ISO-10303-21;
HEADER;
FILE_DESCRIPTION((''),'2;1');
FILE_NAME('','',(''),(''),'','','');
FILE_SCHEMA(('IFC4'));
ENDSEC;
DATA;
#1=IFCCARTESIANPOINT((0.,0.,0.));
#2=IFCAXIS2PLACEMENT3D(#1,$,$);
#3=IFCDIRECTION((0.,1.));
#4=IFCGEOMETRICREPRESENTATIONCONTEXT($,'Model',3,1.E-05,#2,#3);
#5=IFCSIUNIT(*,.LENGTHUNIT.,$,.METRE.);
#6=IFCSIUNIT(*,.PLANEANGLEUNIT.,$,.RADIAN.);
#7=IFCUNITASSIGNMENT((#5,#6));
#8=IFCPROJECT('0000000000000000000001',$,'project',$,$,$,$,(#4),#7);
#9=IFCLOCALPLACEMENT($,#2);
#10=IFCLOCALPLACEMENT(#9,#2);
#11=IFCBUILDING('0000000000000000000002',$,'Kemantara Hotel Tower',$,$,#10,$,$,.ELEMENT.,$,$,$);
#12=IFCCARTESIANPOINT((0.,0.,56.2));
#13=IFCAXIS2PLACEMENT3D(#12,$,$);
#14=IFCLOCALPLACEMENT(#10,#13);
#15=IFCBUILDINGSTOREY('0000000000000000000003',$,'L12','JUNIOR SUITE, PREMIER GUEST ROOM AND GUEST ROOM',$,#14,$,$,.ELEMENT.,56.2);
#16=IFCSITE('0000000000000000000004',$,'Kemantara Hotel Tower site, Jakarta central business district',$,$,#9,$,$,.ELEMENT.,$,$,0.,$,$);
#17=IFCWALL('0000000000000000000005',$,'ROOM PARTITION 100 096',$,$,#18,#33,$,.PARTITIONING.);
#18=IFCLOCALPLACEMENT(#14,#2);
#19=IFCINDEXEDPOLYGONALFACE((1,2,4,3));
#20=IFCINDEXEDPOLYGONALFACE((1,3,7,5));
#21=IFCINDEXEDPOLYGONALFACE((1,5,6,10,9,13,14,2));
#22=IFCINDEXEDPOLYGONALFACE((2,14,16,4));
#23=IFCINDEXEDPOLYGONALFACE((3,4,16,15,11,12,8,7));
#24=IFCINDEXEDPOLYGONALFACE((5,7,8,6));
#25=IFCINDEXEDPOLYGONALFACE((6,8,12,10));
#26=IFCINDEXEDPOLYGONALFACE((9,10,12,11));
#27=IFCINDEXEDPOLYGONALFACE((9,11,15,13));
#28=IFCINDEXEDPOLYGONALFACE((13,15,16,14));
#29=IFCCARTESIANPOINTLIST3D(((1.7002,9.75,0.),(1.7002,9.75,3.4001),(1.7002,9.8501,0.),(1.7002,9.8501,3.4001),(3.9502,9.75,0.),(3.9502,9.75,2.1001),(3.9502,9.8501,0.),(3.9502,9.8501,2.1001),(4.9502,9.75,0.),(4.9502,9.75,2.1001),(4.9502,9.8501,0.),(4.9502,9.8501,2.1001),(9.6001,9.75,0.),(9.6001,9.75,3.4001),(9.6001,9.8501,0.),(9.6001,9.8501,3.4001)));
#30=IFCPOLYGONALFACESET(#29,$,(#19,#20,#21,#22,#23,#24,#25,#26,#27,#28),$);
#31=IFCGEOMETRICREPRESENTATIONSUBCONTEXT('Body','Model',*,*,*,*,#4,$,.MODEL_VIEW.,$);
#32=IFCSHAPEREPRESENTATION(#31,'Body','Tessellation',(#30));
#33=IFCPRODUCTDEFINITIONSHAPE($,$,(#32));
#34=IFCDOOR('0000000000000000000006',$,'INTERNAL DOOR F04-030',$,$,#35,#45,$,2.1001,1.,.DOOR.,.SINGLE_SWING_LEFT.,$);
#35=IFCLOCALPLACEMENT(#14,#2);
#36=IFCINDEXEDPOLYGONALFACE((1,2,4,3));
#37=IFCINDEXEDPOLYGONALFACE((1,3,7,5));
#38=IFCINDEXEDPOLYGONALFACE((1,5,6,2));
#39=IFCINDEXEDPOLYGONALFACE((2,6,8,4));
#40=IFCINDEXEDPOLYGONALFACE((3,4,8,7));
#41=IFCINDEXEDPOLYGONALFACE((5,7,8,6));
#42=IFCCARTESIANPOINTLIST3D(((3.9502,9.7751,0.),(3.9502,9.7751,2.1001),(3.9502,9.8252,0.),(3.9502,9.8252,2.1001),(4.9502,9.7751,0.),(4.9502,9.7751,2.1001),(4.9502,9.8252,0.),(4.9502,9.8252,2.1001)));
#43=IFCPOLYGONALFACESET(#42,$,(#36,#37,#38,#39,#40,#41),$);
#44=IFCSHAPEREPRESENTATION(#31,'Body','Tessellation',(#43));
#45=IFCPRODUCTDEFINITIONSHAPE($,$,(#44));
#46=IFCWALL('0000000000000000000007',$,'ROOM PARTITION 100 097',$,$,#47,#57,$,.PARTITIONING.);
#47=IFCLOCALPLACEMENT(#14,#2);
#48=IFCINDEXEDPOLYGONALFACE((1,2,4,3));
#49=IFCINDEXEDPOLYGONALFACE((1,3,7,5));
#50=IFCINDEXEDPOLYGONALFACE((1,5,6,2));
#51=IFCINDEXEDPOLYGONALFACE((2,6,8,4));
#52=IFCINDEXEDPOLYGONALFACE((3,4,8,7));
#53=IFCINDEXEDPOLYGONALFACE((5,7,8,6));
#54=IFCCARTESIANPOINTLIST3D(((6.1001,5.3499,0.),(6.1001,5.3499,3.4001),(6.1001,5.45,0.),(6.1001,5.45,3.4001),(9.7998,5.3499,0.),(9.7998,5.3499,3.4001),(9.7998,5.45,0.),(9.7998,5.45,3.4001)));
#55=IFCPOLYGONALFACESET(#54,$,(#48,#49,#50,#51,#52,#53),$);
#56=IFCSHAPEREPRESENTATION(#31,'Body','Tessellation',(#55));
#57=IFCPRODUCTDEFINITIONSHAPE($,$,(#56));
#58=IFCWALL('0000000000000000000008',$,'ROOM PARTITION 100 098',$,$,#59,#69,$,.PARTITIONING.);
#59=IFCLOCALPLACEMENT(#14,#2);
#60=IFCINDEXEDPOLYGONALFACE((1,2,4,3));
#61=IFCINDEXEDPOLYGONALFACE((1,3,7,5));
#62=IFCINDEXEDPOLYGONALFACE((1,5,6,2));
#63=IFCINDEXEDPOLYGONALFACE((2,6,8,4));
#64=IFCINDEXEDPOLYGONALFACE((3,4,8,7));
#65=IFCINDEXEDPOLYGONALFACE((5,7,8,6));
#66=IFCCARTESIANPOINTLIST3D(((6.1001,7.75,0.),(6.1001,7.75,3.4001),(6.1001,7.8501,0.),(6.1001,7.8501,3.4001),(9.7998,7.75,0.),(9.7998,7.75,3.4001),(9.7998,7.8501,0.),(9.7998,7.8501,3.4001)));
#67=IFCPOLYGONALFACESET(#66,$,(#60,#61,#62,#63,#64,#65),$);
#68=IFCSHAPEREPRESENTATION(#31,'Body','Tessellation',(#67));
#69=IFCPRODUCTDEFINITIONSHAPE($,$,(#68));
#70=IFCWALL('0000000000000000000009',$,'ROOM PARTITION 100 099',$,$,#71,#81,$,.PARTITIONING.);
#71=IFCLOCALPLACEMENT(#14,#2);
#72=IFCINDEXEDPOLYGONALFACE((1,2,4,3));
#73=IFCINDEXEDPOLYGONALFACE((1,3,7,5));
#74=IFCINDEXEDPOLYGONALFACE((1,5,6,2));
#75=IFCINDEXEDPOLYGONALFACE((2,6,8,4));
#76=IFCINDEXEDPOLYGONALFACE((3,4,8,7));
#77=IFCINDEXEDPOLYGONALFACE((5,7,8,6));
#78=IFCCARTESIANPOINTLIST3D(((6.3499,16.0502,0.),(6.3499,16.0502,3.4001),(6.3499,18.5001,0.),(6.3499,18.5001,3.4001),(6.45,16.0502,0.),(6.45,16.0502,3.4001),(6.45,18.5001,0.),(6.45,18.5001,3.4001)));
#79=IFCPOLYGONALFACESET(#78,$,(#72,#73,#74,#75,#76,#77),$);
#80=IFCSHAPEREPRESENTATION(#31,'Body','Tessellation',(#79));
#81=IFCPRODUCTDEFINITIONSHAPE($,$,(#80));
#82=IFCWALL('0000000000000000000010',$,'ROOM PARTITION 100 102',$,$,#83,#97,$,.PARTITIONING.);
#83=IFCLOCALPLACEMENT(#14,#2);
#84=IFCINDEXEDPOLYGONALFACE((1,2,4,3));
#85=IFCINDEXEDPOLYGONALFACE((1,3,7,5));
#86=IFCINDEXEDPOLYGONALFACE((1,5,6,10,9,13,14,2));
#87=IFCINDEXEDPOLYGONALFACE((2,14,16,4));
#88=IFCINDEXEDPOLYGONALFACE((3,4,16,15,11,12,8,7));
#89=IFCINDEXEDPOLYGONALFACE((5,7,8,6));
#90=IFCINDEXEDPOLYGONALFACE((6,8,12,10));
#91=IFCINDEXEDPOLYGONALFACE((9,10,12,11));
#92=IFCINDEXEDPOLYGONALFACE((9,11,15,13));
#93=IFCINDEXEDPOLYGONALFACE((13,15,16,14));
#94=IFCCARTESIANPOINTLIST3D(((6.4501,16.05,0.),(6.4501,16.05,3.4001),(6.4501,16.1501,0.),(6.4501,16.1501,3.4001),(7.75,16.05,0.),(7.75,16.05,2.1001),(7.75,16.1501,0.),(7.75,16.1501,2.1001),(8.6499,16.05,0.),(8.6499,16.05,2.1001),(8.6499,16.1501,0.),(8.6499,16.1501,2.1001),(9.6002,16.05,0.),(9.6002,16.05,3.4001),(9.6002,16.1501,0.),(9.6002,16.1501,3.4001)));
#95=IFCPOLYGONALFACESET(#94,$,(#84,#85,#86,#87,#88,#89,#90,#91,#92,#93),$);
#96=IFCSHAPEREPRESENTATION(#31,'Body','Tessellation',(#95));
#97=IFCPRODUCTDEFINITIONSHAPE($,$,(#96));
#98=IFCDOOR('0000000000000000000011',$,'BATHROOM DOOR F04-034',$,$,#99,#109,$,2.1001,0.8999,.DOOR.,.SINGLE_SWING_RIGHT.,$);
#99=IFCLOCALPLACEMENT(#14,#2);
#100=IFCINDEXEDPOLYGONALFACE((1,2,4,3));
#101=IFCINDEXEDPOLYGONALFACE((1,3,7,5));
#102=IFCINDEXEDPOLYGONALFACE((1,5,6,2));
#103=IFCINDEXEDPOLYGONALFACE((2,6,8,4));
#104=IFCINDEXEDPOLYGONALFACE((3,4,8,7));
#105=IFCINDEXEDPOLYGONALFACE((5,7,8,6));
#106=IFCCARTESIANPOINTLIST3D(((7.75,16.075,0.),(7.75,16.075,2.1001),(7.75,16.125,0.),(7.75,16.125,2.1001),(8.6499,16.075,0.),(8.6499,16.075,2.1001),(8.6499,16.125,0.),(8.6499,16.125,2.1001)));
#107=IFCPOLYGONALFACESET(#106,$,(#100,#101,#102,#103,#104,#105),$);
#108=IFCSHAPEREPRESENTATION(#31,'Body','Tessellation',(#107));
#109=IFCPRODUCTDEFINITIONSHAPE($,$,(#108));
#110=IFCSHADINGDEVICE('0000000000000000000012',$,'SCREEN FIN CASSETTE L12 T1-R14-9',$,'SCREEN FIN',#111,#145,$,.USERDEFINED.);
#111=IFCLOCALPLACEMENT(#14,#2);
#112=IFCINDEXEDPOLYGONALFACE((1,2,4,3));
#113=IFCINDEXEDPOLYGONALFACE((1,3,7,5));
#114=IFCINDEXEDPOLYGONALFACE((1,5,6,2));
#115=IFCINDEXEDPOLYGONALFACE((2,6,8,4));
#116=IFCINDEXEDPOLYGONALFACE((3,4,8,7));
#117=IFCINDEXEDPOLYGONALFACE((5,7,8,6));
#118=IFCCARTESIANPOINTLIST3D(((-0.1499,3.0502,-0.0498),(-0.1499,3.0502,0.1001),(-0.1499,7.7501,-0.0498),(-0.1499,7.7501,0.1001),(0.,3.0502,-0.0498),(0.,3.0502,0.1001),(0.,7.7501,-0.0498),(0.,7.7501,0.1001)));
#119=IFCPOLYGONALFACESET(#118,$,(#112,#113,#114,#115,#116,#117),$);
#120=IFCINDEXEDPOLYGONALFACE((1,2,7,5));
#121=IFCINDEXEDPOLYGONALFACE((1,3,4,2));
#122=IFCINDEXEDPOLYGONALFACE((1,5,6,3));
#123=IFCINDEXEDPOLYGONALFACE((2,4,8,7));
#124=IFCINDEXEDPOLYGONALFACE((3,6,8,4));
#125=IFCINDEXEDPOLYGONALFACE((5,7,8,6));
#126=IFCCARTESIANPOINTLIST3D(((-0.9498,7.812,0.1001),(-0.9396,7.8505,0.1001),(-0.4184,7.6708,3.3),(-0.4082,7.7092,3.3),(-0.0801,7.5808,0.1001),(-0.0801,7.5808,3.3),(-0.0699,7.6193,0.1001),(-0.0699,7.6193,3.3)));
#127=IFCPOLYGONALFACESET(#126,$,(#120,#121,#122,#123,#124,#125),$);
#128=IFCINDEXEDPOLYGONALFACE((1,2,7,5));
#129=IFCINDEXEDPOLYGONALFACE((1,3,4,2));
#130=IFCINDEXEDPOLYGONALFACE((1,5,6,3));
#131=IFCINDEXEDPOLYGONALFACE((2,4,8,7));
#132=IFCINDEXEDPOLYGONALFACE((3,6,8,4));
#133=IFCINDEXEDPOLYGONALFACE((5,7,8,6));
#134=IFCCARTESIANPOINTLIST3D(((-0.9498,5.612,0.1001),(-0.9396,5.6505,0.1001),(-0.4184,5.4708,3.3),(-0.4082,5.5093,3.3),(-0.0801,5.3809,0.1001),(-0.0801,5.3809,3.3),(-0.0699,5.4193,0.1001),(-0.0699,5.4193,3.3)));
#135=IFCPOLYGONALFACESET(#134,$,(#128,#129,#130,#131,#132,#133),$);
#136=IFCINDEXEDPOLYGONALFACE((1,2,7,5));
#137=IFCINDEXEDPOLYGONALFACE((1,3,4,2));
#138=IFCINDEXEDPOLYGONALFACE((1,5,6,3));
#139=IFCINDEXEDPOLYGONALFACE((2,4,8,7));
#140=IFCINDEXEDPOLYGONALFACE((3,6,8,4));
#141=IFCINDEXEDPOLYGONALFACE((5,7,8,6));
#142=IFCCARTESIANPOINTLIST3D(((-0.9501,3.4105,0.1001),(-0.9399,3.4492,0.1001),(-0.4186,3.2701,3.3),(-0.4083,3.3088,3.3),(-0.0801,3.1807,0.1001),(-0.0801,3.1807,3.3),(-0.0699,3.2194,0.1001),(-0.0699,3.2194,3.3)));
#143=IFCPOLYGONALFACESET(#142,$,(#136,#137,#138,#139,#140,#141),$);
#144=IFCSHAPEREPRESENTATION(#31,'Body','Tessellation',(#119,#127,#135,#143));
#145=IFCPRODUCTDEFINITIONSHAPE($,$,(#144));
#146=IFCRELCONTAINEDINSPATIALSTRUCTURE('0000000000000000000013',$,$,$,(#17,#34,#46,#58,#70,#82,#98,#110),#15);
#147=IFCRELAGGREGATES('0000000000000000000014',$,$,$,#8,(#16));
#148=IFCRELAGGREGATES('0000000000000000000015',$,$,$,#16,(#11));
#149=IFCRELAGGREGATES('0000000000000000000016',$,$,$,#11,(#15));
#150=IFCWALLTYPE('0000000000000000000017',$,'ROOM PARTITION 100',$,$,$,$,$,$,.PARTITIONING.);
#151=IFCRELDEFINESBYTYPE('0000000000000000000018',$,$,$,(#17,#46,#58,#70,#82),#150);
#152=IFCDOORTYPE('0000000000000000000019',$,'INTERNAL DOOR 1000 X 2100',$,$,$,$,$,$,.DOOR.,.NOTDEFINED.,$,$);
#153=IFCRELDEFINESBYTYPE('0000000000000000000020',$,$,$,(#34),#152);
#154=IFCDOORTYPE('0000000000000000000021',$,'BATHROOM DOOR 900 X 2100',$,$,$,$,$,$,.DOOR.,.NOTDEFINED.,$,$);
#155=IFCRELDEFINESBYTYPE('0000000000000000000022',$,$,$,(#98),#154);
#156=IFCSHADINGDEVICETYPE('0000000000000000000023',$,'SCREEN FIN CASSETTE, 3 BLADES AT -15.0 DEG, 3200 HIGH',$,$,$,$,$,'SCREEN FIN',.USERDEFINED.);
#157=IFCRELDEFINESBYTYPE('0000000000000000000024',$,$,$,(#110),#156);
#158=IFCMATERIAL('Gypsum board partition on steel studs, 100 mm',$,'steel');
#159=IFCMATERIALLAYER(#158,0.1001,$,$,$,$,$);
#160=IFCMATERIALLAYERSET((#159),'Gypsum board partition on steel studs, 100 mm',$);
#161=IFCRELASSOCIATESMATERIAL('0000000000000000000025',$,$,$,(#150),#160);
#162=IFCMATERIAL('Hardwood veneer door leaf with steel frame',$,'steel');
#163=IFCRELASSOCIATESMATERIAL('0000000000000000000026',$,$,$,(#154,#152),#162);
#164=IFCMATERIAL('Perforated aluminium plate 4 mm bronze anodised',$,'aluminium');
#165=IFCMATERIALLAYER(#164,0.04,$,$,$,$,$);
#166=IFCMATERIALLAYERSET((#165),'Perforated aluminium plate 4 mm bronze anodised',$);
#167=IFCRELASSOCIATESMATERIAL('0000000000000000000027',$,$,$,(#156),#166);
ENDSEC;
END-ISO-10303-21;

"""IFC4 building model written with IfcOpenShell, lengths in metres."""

from ifc_helpers import new_model, si_unit, direction, frame, frame_2d, origin, origin_2d, place, context, subcontext, project, spatial, polyline, rectangle, outline, extrude, source, transform, mapped, material, layer, layer_set, type_object, element, fill, save


model = new_model("IFC4")

# Units and contexts
model_context = context("Model", 3, precision=1e-05, world=origin(), true_north=direction((0.0, 1.0)))
body_context = subcontext(model_context, "Body", "Model", "MODEL_VIEW")
ifc_project = project(units=[si_unit("LENGTHUNIT", "METRE"), si_unit("PLANEANGLEUNIT", "RADIAN")], contexts=[model_context])

# Site, building, storey
site_placement = place(None, origin())
site = spatial("IfcSite", under=ifc_project, at=site_placement, Name="Kemantara Hotel Tower site, Jakarta central business district", CompositionType="ELEMENT", RefElevation=0.0)
building_placement = place(site_placement, origin())
building = spatial("IfcBuilding", under=site, at=building_placement, Name="Kemantara Hotel Tower", CompositionType="ELEMENT")
storey_placement = place(building_placement, frame((0.0, 0.0, 56.2)))
storey = spatial("IfcBuildingStorey", under=building, at=storey_placement, Name="L12", Description="JUNIOR SUITE, PREMIER GUEST ROOM AND GUEST ROOM", CompositionType="ELEMENT", Elevation=56.2)

# Shared definitions
ifc_material_1 = material(Name="Hardwood veneer door leaf with steel frame", Category="steel")

# Shared definitions
ifc_material_2 = material(Name="Gypsum board partition on steel studs, 100 mm", Category="steel")
ifc_layer_1 = layer(ifc_material_2, 0.1001)
ifc_layer_set_1 = layer_set([ifc_layer_1], Name="Gypsum board partition on steel studs, 100 mm")
wall_type_1 = type_object("IfcWallType", Name="ROOM PARTITION 100", PredefinedType="PARTITIONING", material=ifc_layer_set_1)
door_type_1 = type_object("IfcDoorType", Name="BATHROOM DOOR 900 X 2100", OperationType="NOTDEFINED", PredefinedType="DOOR", material=ifc_material_1)

# Wall, opening, door
wall_1_placement = place(storey_placement, frame((9.6001, 9.8, 0.0), z_axis=(0.0, 0.0, 1.0), x_axis=(-1.0, 0.0, 0.0)))
wall_1 = element("IfcWall", 1, at=wall_1_placement, inside=storey, type_object=wall_type_1, Name="ROOM PARTITION 100 096", PredefinedType="PARTITIONING", context=body_context, shape_type="SweptSolid", body=[
    extrude(rectangle(XDim=7.8999, YDim=0.1001, at=frame_2d((3.95, 0.0))), origin(), (0.0, 0.0, 1.0), 3.4001),
])
opening_1_placement = place(wall_1_placement, frame((4.6499, 0.0, 0.0)))
opening_1 = element("IfcOpeningElement", 2, at=opening_1_placement, cuts=wall_1, PredefinedType="OPENING", context=body_context, shape_type="SweptSolid", body=[
    extrude(rectangle(XDim=1.0, YDim=2.1001, at=frame_2d((0.5, 1.05))), frame((0.0, 0.0601, 0.0), z_axis=(0.0, -1.0, 0.0), x_axis=(1.0, 0.0, 0.0)), (0.0, 0.0, 1.0), 0.1201),
])
door_type_2 = type_object("IfcDoorType", Name="INTERNAL DOOR 1000 X 2100", OperationType="NOTDEFINED", PredefinedType="DOOR", material=ifc_material_1)
door_1_placement = place(opening_1_placement, origin())
door_1 = element("IfcDoor", 3, at=door_1_placement, inside=storey, type_object=door_type_2, Name="INTERNAL DOOR F04-030", OperationType="SINGLE_SWING_LEFT", OverallHeight=2.1001, OverallWidth=1.0, PredefinedType="DOOR", context=body_context, shape_type="SweptSolid", body=[
    extrude(rectangle(XDim=1.0, YDim=2.1001, at=frame_2d((0.5, 1.05))), frame((0.0, 0.0249, 0.0), z_axis=(0.0, -1.0, 0.0), x_axis=(1.0, 0.0, 0.0)), (0.0, 0.0, 1.0), 0.05),
])
fill(opening_1, door_1)

# Walls
for number, where, z_axis, x_axis, name in (
    (4, (6.1001, 5.3999, 0.0), (0.0, 0.0, 1.0), (1.0, 0.0, 0.0), "ROOM PARTITION 100 097"),
    (5, (6.1001, 7.8, 0.0), (0.0, 0.0, 1.0), (1.0, 0.0, 0.0), "ROOM PARTITION 100 098"),
):
    element("IfcWall", number, at=place(storey_placement, frame(where, z_axis=z_axis, x_axis=x_axis)), inside=storey, type_object=wall_type_1, Name=name, PredefinedType="PARTITIONING", context=body_context, shape_type="SweptSolid", body=[
        extrude(rectangle(XDim=3.6997, YDim=0.1001, at=frame_2d((1.8499, 0.0))), origin(), (0.0, 0.0, 1.0), 3.4001),
    ])
wall_2_placement = place(storey_placement, frame((6.3999, 16.05, 0.0), z_axis=(0.0, 0.0, 1.0), x_axis=(0.0, 1.0, 0.0)))
element("IfcWall", 6, at=wall_2_placement, inside=storey, type_object=wall_type_1, Name="ROOM PARTITION 100 099", PredefinedType="PARTITIONING", context=body_context, shape_type="SweptSolid", body=[
    extrude(rectangle(XDim=2.45, YDim=0.1001, at=frame_2d((1.2251, 0.0))), origin(), (0.0, 0.0, 1.0), 3.4001),
])

# Wall, opening, door
wall_3_placement = place(storey_placement, frame((6.45, 16.1001, 0.0), z_axis=(0.0, 0.0, 1.0), x_axis=(1.0, 0.0, 0.0)))
wall_3 = element("IfcWall", 7, at=wall_3_placement, inside=storey, type_object=wall_type_1, Name="ROOM PARTITION 100 102", PredefinedType="PARTITIONING", context=body_context, shape_type="SweptSolid", body=[
    extrude(rectangle(XDim=3.1501, YDim=0.1001, at=frame_2d((1.5752, 0.0))), origin(), (0.0, 0.0, 1.0), 3.4001),
])
opening_2_placement = place(wall_3_placement, frame((1.3, 0.0, 0.0)))
opening_2 = element("IfcOpeningElement", 8, at=opening_2_placement, cuts=wall_3, PredefinedType="OPENING", context=body_context, shape_type="SweptSolid", body=[
    extrude(rectangle(XDim=0.8999, YDim=2.1001, at=frame_2d((0.45, 1.05))), frame((0.0, 0.0601, 0.0), z_axis=(0.0, -1.0, 0.0), x_axis=(1.0, 0.0, 0.0)), (0.0, 0.0, 1.0), 0.1201),
])
door_2_placement = place(opening_2_placement, origin())
door_2 = element("IfcDoor", 9, at=door_2_placement, inside=storey, type_object=door_type_1, Name="BATHROOM DOOR F04-034", OperationType="SINGLE_SWING_RIGHT", OverallHeight=2.1001, OverallWidth=0.8999, PredefinedType="DOOR", context=body_context, shape_type="SweptSolid", body=[
    extrude(rectangle(XDim=0.8999, YDim=2.1001, at=frame_2d((0.45, 1.05))), frame((0.0, 0.0249, 0.0), z_axis=(0.0, -1.0, 0.0), x_axis=(1.0, 0.0, 0.0)), (0.0, 0.0, 1.0), 0.05),
])
fill(opening_2, door_2)

# Shading device
ifc_material_3 = material(Name="Perforated aluminium plate 4 mm bronze anodised", Category="aluminium")
ifc_layer_2 = layer(ifc_material_3, 0.04)
ifc_layer_set_2 = layer_set([ifc_layer_2], Name="Perforated aluminium plate 4 mm bronze anodised")
shading_device_type_1 = type_object("IfcShadingDeviceType", Name="SCREEN FIN CASSETTE, 3 BLADES AT -15.0 DEG, 3200 HIGH", ElementType="SCREEN FIN", PredefinedType="USERDEFINED", material=ifc_layer_set_2)
shared_shape_1 = source(origin(), body_context, "Body", "SweptSolid", [
    extrude(rectangle(XDim=4.7, YDim=0.1499, at=origin_2d()), frame((2.2, -0.075, -0.1499), z_axis=(0.0, 0.0, 1.0), x_axis=(1.0, 0.0, 0.0)), (0.0, 0.0, 1.0), 0.1499),
    extrude(outline(polyline([(0.0, 0.0), (0.8999, 0.0), (0.3501, 3.2), (0.0, 3.2), (0.0, 0.0)])), frame((0.0193, -0.0801, 0.0), z_axis=(-0.966438, 0.256901, 0.0), x_axis=(-0.256901, -0.966438, 0.0)), (0.0, 0.0, 1.0), 0.0398),
    extrude(outline(polyline([(0.0, 0.0), (0.8999, 0.0), (0.3501, 3.2), (0.0, 3.2), (0.0, 0.0)])), frame((2.2192, -0.0801, 0.0), z_axis=(-0.966438, 0.256901, 0.0), x_axis=(-0.256901, -0.966438, 0.0)), (0.0, 0.0, 1.0), 0.0398),
    extrude(outline(polyline([(0.0, 0.0), (0.8999, 0.0), (0.3501, 3.2), (0.0, 3.2), (0.0, 0.0)])), frame((4.4194, -0.0801, 0.0), z_axis=(-0.966838, 0.255391, 0.0), x_axis=(-0.255391, -0.966838, 0.0)), (0.0, 0.0, 1.0), 0.04),
])
shading_device_1_placement = place(storey_placement, frame((0.0, 7.6001, 0.1001), z_axis=(0.0, 0.0, 1.0), x_axis=(0.0, -1.0, 0.0)))
element("IfcShadingDevice", 10, at=shading_device_1_placement, inside=storey, type_object=shading_device_type_1, Name="SCREEN FIN CASSETTE L12 T1-R14-9", ObjectType="SCREEN FIN", PredefinedType="USERDEFINED", context=body_context, shape_type="MappedRepresentation", body=[
    mapped(shared_shape_1, transform((0.0, 0.0, 0.0))),
])

save(model, "model.ifc")
